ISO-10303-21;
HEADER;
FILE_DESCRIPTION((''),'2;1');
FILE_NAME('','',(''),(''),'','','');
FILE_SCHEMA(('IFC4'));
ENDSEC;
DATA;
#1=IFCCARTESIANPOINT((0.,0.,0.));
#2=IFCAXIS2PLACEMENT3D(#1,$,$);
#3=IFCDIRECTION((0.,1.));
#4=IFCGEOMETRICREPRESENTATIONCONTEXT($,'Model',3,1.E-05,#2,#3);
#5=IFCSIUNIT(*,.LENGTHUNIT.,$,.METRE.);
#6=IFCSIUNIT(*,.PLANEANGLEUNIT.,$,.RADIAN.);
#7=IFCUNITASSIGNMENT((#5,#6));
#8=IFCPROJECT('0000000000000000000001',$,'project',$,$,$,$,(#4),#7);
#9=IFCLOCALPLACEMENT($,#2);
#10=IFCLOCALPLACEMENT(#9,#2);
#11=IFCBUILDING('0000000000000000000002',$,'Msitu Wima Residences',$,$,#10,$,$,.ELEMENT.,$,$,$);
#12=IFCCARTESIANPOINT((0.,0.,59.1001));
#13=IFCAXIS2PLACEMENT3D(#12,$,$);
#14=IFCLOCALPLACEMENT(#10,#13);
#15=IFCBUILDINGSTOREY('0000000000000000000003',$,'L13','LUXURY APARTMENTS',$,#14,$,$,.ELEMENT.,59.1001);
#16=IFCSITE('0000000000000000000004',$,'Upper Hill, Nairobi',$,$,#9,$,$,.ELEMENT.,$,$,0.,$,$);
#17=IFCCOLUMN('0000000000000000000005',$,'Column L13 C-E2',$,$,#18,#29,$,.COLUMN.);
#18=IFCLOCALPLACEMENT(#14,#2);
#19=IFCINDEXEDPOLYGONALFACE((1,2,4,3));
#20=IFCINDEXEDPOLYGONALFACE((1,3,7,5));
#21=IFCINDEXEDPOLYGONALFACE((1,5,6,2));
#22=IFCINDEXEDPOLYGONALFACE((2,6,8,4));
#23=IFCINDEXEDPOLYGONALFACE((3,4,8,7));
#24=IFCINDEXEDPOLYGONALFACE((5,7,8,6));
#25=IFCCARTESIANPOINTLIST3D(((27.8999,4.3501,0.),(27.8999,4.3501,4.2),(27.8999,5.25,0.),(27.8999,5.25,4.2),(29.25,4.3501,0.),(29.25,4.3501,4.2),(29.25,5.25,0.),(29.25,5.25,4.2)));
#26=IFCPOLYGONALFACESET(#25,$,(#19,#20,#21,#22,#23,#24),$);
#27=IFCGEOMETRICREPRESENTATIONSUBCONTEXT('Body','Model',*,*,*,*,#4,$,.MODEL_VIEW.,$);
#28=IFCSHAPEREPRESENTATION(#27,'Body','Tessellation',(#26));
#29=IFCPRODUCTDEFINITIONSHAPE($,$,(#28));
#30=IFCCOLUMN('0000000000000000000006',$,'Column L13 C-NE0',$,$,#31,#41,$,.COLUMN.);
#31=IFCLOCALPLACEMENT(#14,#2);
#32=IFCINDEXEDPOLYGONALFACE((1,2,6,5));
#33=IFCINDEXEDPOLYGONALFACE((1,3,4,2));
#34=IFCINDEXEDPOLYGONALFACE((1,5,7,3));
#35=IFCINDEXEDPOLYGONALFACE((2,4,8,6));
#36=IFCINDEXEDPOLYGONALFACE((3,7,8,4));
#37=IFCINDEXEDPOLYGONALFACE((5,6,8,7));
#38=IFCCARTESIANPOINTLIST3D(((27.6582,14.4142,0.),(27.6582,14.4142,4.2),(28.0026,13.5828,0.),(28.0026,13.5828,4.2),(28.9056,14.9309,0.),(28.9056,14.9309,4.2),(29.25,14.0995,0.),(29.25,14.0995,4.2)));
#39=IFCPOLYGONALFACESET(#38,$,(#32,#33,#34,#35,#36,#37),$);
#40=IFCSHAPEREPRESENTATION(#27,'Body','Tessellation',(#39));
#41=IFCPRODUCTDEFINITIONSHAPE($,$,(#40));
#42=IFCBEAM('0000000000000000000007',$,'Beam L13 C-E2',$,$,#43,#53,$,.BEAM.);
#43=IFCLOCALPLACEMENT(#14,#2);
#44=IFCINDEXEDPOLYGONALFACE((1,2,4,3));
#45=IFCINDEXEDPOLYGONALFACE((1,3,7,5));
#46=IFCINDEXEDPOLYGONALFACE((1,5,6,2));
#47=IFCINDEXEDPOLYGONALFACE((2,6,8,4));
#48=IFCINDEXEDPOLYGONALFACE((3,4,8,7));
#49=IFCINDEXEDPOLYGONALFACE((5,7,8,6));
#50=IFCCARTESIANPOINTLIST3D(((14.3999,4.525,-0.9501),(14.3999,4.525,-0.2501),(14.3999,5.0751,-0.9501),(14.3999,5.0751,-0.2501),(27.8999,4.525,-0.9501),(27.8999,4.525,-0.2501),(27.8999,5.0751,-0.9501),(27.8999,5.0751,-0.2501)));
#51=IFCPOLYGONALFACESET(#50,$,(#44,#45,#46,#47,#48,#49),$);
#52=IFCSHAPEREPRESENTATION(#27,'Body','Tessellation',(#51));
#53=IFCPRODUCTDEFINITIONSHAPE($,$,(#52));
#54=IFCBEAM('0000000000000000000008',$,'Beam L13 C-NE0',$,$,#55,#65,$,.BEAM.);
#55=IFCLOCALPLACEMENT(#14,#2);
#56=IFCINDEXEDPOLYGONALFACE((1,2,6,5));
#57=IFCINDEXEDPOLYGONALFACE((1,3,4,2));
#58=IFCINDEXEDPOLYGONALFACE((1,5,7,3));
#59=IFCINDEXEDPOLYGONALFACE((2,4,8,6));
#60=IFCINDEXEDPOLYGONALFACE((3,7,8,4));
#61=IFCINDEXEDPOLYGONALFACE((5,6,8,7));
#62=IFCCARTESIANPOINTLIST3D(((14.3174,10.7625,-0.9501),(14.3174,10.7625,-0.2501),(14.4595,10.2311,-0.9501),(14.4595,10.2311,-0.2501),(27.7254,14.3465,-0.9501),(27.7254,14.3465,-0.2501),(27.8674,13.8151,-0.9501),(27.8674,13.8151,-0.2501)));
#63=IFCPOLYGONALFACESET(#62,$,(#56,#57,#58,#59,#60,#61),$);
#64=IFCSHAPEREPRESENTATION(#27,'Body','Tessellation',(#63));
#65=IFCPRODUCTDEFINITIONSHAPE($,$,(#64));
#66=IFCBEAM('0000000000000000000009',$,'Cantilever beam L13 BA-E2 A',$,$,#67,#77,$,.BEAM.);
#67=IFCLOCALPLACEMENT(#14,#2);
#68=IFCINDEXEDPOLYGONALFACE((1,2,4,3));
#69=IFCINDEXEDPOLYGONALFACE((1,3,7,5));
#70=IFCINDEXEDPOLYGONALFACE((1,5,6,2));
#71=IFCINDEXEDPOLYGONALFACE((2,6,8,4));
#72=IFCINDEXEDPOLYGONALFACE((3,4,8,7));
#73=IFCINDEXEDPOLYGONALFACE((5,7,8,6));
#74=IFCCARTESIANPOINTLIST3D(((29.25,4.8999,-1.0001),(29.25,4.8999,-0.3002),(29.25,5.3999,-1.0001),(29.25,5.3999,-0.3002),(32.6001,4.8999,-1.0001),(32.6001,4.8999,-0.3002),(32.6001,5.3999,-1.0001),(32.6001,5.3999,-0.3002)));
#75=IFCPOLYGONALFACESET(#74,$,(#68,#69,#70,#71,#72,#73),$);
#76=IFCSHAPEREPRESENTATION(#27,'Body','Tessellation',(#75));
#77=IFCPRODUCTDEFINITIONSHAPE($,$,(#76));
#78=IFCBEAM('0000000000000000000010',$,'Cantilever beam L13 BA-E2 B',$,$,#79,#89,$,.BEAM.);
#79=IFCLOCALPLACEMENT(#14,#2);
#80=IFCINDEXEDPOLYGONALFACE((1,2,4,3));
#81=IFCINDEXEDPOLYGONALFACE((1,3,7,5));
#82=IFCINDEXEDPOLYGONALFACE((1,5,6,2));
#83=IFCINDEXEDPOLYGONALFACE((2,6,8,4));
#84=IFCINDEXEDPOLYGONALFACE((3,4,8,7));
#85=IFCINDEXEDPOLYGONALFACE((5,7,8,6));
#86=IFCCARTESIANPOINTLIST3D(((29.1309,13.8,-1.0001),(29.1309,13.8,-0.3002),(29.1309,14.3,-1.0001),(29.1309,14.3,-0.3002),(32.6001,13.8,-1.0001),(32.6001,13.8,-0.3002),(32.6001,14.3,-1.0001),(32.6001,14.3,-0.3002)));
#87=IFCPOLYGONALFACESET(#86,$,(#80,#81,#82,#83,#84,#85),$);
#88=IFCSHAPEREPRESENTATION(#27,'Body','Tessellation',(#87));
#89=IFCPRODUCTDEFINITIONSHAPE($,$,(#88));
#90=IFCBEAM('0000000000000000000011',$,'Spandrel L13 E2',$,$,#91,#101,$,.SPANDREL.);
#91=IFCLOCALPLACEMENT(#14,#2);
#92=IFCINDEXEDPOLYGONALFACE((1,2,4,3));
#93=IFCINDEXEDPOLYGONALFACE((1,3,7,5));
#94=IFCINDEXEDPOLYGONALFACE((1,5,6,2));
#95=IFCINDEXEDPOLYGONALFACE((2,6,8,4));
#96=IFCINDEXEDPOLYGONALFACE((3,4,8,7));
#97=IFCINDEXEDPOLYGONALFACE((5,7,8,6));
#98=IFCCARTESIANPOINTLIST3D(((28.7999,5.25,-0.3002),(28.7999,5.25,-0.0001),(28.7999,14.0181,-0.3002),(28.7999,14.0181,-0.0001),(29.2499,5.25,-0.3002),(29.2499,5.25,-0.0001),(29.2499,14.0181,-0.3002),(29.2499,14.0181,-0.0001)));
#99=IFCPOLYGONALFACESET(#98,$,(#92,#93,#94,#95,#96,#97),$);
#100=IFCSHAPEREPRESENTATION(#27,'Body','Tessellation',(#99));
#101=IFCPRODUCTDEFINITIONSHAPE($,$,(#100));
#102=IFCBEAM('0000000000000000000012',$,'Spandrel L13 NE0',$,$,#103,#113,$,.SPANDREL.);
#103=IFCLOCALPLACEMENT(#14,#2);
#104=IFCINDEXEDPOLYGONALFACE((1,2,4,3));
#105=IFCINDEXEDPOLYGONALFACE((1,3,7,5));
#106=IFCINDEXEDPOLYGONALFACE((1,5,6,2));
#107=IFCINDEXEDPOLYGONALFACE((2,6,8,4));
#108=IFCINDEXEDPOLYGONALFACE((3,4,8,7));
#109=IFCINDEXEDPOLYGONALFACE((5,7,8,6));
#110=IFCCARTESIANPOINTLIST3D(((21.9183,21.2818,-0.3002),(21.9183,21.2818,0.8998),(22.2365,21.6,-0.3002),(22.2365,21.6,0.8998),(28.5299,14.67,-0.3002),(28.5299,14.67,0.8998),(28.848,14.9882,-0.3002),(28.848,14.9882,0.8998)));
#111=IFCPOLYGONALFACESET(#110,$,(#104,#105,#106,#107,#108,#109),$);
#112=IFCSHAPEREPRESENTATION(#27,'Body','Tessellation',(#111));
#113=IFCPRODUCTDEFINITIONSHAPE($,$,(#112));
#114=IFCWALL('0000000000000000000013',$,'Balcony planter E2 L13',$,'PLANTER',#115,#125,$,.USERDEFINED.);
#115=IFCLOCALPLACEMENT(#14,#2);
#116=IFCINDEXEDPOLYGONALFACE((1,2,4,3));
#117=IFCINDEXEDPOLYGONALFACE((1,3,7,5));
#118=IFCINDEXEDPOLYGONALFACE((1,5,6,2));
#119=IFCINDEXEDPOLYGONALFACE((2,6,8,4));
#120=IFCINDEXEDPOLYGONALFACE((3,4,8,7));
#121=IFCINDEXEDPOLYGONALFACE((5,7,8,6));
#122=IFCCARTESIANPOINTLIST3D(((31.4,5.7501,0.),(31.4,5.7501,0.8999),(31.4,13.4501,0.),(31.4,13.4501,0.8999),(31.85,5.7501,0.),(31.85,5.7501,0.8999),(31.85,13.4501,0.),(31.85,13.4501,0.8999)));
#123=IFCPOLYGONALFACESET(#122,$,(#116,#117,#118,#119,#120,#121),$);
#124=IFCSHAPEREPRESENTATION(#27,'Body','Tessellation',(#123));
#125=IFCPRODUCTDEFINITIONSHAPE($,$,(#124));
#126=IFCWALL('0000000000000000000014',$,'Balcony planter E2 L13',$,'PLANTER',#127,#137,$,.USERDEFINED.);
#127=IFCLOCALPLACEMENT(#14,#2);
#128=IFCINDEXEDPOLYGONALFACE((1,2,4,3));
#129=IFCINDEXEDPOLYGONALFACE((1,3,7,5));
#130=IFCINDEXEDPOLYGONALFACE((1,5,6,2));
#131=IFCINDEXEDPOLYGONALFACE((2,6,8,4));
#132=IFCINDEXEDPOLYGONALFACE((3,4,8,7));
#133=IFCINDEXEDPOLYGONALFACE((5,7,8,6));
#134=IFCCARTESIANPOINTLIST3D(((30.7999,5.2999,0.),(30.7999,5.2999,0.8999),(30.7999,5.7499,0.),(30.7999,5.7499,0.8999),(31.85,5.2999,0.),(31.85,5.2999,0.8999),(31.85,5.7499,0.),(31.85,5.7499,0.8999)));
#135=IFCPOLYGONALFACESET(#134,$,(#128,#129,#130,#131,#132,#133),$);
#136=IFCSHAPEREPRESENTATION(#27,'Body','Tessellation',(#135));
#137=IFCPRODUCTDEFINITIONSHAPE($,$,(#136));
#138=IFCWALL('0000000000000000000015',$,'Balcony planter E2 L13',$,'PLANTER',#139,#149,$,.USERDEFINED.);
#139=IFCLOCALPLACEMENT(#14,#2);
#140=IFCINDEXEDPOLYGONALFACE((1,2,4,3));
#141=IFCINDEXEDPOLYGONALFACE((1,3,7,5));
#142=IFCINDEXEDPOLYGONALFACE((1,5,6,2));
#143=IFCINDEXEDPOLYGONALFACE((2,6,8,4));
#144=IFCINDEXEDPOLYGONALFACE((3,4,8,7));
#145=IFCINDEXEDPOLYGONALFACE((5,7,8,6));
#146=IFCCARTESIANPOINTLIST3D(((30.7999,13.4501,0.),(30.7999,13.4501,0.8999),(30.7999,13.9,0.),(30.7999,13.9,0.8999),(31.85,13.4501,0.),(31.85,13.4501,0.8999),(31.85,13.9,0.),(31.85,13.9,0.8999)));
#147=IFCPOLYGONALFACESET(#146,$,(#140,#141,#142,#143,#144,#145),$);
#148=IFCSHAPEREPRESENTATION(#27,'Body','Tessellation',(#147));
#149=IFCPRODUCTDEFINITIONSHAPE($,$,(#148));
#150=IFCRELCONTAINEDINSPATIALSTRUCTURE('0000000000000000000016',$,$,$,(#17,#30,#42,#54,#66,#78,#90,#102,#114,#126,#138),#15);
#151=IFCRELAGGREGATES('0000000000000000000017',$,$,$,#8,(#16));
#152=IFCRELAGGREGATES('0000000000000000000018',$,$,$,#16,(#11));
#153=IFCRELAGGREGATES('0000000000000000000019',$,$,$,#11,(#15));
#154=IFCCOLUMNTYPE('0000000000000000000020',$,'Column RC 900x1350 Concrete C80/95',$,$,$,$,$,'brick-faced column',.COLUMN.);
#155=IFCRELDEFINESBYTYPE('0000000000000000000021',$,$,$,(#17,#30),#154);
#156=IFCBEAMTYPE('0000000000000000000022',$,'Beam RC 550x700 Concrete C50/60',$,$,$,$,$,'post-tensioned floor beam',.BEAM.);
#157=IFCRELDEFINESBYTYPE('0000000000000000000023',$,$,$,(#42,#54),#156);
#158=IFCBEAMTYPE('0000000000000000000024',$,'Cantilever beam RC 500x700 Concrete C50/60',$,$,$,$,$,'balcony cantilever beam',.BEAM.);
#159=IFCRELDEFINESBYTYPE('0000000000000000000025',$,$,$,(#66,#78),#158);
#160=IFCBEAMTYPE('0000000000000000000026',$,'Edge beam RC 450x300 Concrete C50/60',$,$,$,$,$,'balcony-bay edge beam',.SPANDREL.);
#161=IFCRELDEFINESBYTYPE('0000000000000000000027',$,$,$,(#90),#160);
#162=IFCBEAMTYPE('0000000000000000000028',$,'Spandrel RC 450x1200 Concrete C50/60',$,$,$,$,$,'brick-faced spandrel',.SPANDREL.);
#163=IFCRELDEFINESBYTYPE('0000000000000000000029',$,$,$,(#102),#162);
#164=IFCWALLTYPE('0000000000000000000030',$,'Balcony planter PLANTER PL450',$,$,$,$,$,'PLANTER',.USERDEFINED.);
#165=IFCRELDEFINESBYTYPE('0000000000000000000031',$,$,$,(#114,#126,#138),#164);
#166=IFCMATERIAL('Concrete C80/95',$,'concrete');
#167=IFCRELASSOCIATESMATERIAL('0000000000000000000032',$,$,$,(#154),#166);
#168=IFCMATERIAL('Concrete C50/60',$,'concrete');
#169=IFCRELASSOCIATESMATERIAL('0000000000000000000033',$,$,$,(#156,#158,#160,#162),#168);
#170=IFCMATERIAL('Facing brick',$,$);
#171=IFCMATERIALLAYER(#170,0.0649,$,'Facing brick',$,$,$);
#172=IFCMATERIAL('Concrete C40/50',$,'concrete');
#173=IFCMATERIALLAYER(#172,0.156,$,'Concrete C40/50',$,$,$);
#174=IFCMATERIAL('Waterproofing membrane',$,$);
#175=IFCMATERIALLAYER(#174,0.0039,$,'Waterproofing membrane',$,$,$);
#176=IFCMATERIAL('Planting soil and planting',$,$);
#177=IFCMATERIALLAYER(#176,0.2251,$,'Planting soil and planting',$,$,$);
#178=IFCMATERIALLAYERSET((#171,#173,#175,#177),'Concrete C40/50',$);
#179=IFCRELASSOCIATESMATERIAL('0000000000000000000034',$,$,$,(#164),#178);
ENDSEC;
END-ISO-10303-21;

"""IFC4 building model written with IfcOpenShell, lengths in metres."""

from ifc_helpers import new_model, si_unit, direction, frame, frame_2d, origin, origin_2d, place, context, subcontext, project, spatial, rectangle, extrude, material, layer, layer_set, material_profile, profile_set, type_object, element, save


model = new_model("IFC4")

# Units and contexts
model_context = context("Model", 3, precision=1e-05, world=origin(), true_north=direction((0.0, 1.0)))
body_context = subcontext(model_context, "Body", "Model", "MODEL_VIEW")
ifc_project = project(units=[si_unit("LENGTHUNIT", "METRE"), si_unit("PLANEANGLEUNIT", "RADIAN")], contexts=[model_context])

# Site, building, storey
site_placement = place(None, origin())
site = spatial("IfcSite", under=ifc_project, at=site_placement, Name="Upper Hill, Nairobi", CompositionType="ELEMENT", RefElevation=0.0)
building_placement = place(site_placement, origin())
building = spatial("IfcBuilding", under=site, at=building_placement, Name="Msitu Wima Residences", CompositionType="ELEMENT")
storey_placement = place(building_placement, frame((0.0, 0.0, 59.1001)))
storey = spatial("IfcBuildingStorey", under=building, at=storey_placement, Name="L13", Description="LUXURY APARTMENTS", CompositionType="ELEMENT", Elevation=59.1001)

# Columns
ifc_material_1 = material(Name="Concrete C80/95", Category="concrete")
ifc_material_profile_1 = material_profile(ifc_material_1, rectangle(XDim=0.8999, YDim=1.3501, at=origin_2d()), Name="RC 900x1350")
ifc_profile_set_1 = profile_set([ifc_material_profile_1], Name="Concrete C80/95")
column_type = type_object("IfcColumnType", Name="Column RC 900x1350 Concrete C80/95", ElementType="brick-faced column", PredefinedType="COLUMN", material=ifc_profile_set_1)
for number, where, z_axis, x_axis, name in (
    (1, (28.575, 4.8, 0.0), (0.0, 0.0, 1.0), (0.0, 1.0, 0.0), "Column L13 C-E2"),
    (2, (28.4541, 14.2568, 0.0), (0.0, 0.0, 1.0), (-0.382683, 0.92388, 0.0), "Column L13 C-NE0"),
):
    element("IfcColumn", number, at=place(storey_placement, frame(where, z_axis=z_axis, x_axis=x_axis)), inside=storey, type_object=column_type, Name=name, PredefinedType="COLUMN", context=body_context, shape_type="SweptSolid", body=[
        extrude(rectangle(XDim=0.8999, YDim=1.3501, at=origin_2d()), origin(), (0.0, 0.0, 1.0), 4.2),
    ])

# Beams
ifc_material_2 = material(Name="Concrete C50/60", Category="concrete")
ifc_material_profile_2 = material_profile(ifc_material_2, rectangle(XDim=0.55, YDim=0.7, at=origin_2d()), Name="RC 550x700")
ifc_profile_set_2 = profile_set([ifc_material_profile_2], Name="Concrete C50/60")
beam_type_1 = type_object("IfcBeamType", Name="Beam RC 550x700 Concrete C50/60", ElementType="post-tensioned floor beam", PredefinedType="BEAM", material=ifc_profile_set_2)
beam_1_placement = place(storey_placement, frame((27.8999, 4.8, -0.6001), z_axis=(-1.0, 0.0, 0.0), x_axis=(0.0, -1.0, 0.0)))
element("IfcBeam", 3, at=beam_1_placement, inside=storey, type_object=beam_type_1, Name="Beam L13 C-E2", PredefinedType="BEAM", context=body_context, shape_type="SweptSolid", body=[
    extrude(rectangle(XDim=0.55, YDim=0.7, at=origin_2d()), origin(), (0.0, 0.0, 1.0), 13.5),
])
beam_2_placement = place(storey_placement, frame((27.7964, 14.0808, -0.6001), z_axis=(-0.966082, -0.258236, 0.0), x_axis=(0.258236, -0.966082, 0.0)))
element("IfcBeam", 4, at=beam_2_placement, inside=storey, type_object=beam_type_1, Name="Beam L13 C-NE0", PredefinedType="BEAM", context=body_context, shape_type="SweptSolid", body=[
    extrude(rectangle(XDim=0.55, YDim=0.7, at=origin_2d()), origin(), (0.0, 0.0, 1.0), 13.8787),
])
ifc_material_profile_3 = material_profile(ifc_material_2, rectangle(XDim=0.5, YDim=0.7, at=origin_2d()), Name="RC 500x700")
ifc_profile_set_3 = profile_set([ifc_material_profile_3], Name="Concrete C50/60")
beam_type_2 = type_object("IfcBeamType", Name="Cantilever beam RC 500x700 Concrete C50/60", ElementType="balcony cantilever beam", PredefinedType="BEAM", material=ifc_profile_set_3)
beam_3_placement = place(storey_placement, frame((29.25, 5.1499, -0.6501), z_axis=(1.0, 0.0, 0.0), x_axis=(0.0, 1.0, 0.0)))
element("IfcBeam", 5, at=beam_3_placement, inside=storey, type_object=beam_type_2, Name="Cantilever beam L13 BA-E2 A", PredefinedType="BEAM", context=body_context, shape_type="SweptSolid", body=[
    extrude(rectangle(XDim=0.5, YDim=0.7, at=origin_2d()), origin(), (0.0, 0.0, 1.0), 3.3501),
])
beam_4_placement = place(storey_placement, frame((29.1309, 14.05, -0.6501), z_axis=(1.0, 0.0, 0.0), x_axis=(0.0, 1.0, 0.0)))
element("IfcBeam", 6, at=beam_4_placement, inside=storey, type_object=beam_type_2, Name="Cantilever beam L13 BA-E2 B", PredefinedType="BEAM", context=body_context, shape_type="SweptSolid", body=[
    extrude(rectangle(XDim=0.5, YDim=0.7, at=origin_2d()), origin(), (0.0, 0.0, 1.0), 3.4692),
])
ifc_material_profile_4 = material_profile(ifc_material_2, rectangle(XDim=0.45, YDim=0.3, at=origin_2d()), Name="RC 450x300")
ifc_profile_set_4 = profile_set([ifc_material_profile_4], Name="Concrete C50/60")
beam_type_3 = type_object("IfcBeamType", Name="Edge beam RC 450x300 Concrete C50/60", ElementType="balcony-bay edge beam", PredefinedType="SPANDREL", material=ifc_profile_set_4)
beam_5_placement = place(storey_placement, frame((29.0249, 5.25, -0.1501), z_axis=(0.0, 1.0, 0.0), x_axis=(-1.0, 0.0, 0.0)))
element("IfcBeam", 7, at=beam_5_placement, inside=storey, type_object=beam_type_3, Name="Spandrel L13 E2", PredefinedType="SPANDREL", context=body_context, shape_type="SweptSolid", body=[
    extrude(rectangle(XDim=0.45, YDim=0.3, at=origin_2d()), origin(), (0.0, 0.0, 1.0), 8.7681),
])
ifc_material_profile_5 = material_profile(ifc_material_2, rectangle(XDim=0.45, YDim=1.2, at=origin_2d()), Name="RC 450x1200")
ifc_profile_set_5 = profile_set([ifc_material_profile_5], Name="Concrete C50/60")
beam_type_4 = type_object("IfcBeamType", Name="Spandrel RC 450x1200 Concrete C50/60", ElementType="brick-faced spandrel", PredefinedType="SPANDREL", material=ifc_profile_set_5)
beam_6_placement = place(storey_placement, frame((28.689, 14.8291, 0.2998), z_axis=(-0.707094, 0.70712, 0.0), x_axis=(-0.70712, -0.707094, 0.0)))
element("IfcBeam", 8, at=beam_6_placement, inside=storey, type_object=beam_type_4, Name="Spandrel L13 NE0", PredefinedType="SPANDREL", context=body_context, shape_type="SweptSolid", body=[
    extrude(rectangle(XDim=0.45, YDim=1.2, at=origin_2d()), origin(), (0.0, 0.0, 1.0), 9.3503),
])

# Walls
ifc_material_3 = material(Name="Facing brick")
ifc_layer_1 = layer(ifc_material_3, 0.0649, Name="Facing brick")
ifc_material_4 = material(Name="Concrete C40/50", Category="concrete")
ifc_layer_2 = layer(ifc_material_4, 0.156, Name="Concrete C40/50")
ifc_material_5 = material(Name="Waterproofing membrane")
ifc_layer_3 = layer(ifc_material_5, 0.0039, Name="Waterproofing membrane")
ifc_material_6 = material(Name="Planting soil and planting")
ifc_layer_4 = layer(ifc_material_6, 0.2251, Name="Planting soil and planting")
ifc_layer_set_1 = layer_set([ifc_layer_1, ifc_layer_2, ifc_layer_3, ifc_layer_4], Name="Concrete C40/50")
wall_type_1 = type_object("IfcWallType", Name="Balcony planter PLANTER PL450", ElementType="PLANTER", PredefinedType="USERDEFINED", material=ifc_layer_set_1)
wall_1_placement = place(storey_placement, frame((31.625, 5.75, 0.0), z_axis=(0.0, 0.0, 1.0), x_axis=(0.0, 1.0, 0.0)))
element("IfcWall", 9, at=wall_1_placement, inside=storey, type_object=wall_type_1, Name="Balcony planter E2 L13", ObjectType="PLANTER", PredefinedType="USERDEFINED", context=body_context, shape_type="SweptSolid", body=[
    extrude(rectangle(XDim=7.7, YDim=0.45, at=frame_2d((3.8501, 0.0))), origin(), (0.0, 0.0, 1.0), 0.8999),
])
for number, where, z_axis, x_axis, name in (
    (10, (30.8, 5.5249, 0.0), (0.0, 0.0, 1.0), (1.0, 0.0, 0.0), "Balcony planter E2 L13"),
    (11, (30.8, 13.675, 0.0), (0.0, 0.0, 1.0), (1.0, 0.0, 0.0), "Balcony planter E2 L13"),
):
    element("IfcWall", number, at=place(storey_placement, frame(where, z_axis=z_axis, x_axis=x_axis)), inside=storey, type_object=wall_type_1, Name=name, ObjectType="PLANTER", PredefinedType="USERDEFINED", context=body_context, shape_type="SweptSolid", body=[
        extrude(rectangle(XDim=1.05, YDim=0.45, at=frame_2d((0.5249, 0.0))), origin(), (0.0, 0.0, 1.0), 0.8999),
    ])

save(model, "model.ifc")
